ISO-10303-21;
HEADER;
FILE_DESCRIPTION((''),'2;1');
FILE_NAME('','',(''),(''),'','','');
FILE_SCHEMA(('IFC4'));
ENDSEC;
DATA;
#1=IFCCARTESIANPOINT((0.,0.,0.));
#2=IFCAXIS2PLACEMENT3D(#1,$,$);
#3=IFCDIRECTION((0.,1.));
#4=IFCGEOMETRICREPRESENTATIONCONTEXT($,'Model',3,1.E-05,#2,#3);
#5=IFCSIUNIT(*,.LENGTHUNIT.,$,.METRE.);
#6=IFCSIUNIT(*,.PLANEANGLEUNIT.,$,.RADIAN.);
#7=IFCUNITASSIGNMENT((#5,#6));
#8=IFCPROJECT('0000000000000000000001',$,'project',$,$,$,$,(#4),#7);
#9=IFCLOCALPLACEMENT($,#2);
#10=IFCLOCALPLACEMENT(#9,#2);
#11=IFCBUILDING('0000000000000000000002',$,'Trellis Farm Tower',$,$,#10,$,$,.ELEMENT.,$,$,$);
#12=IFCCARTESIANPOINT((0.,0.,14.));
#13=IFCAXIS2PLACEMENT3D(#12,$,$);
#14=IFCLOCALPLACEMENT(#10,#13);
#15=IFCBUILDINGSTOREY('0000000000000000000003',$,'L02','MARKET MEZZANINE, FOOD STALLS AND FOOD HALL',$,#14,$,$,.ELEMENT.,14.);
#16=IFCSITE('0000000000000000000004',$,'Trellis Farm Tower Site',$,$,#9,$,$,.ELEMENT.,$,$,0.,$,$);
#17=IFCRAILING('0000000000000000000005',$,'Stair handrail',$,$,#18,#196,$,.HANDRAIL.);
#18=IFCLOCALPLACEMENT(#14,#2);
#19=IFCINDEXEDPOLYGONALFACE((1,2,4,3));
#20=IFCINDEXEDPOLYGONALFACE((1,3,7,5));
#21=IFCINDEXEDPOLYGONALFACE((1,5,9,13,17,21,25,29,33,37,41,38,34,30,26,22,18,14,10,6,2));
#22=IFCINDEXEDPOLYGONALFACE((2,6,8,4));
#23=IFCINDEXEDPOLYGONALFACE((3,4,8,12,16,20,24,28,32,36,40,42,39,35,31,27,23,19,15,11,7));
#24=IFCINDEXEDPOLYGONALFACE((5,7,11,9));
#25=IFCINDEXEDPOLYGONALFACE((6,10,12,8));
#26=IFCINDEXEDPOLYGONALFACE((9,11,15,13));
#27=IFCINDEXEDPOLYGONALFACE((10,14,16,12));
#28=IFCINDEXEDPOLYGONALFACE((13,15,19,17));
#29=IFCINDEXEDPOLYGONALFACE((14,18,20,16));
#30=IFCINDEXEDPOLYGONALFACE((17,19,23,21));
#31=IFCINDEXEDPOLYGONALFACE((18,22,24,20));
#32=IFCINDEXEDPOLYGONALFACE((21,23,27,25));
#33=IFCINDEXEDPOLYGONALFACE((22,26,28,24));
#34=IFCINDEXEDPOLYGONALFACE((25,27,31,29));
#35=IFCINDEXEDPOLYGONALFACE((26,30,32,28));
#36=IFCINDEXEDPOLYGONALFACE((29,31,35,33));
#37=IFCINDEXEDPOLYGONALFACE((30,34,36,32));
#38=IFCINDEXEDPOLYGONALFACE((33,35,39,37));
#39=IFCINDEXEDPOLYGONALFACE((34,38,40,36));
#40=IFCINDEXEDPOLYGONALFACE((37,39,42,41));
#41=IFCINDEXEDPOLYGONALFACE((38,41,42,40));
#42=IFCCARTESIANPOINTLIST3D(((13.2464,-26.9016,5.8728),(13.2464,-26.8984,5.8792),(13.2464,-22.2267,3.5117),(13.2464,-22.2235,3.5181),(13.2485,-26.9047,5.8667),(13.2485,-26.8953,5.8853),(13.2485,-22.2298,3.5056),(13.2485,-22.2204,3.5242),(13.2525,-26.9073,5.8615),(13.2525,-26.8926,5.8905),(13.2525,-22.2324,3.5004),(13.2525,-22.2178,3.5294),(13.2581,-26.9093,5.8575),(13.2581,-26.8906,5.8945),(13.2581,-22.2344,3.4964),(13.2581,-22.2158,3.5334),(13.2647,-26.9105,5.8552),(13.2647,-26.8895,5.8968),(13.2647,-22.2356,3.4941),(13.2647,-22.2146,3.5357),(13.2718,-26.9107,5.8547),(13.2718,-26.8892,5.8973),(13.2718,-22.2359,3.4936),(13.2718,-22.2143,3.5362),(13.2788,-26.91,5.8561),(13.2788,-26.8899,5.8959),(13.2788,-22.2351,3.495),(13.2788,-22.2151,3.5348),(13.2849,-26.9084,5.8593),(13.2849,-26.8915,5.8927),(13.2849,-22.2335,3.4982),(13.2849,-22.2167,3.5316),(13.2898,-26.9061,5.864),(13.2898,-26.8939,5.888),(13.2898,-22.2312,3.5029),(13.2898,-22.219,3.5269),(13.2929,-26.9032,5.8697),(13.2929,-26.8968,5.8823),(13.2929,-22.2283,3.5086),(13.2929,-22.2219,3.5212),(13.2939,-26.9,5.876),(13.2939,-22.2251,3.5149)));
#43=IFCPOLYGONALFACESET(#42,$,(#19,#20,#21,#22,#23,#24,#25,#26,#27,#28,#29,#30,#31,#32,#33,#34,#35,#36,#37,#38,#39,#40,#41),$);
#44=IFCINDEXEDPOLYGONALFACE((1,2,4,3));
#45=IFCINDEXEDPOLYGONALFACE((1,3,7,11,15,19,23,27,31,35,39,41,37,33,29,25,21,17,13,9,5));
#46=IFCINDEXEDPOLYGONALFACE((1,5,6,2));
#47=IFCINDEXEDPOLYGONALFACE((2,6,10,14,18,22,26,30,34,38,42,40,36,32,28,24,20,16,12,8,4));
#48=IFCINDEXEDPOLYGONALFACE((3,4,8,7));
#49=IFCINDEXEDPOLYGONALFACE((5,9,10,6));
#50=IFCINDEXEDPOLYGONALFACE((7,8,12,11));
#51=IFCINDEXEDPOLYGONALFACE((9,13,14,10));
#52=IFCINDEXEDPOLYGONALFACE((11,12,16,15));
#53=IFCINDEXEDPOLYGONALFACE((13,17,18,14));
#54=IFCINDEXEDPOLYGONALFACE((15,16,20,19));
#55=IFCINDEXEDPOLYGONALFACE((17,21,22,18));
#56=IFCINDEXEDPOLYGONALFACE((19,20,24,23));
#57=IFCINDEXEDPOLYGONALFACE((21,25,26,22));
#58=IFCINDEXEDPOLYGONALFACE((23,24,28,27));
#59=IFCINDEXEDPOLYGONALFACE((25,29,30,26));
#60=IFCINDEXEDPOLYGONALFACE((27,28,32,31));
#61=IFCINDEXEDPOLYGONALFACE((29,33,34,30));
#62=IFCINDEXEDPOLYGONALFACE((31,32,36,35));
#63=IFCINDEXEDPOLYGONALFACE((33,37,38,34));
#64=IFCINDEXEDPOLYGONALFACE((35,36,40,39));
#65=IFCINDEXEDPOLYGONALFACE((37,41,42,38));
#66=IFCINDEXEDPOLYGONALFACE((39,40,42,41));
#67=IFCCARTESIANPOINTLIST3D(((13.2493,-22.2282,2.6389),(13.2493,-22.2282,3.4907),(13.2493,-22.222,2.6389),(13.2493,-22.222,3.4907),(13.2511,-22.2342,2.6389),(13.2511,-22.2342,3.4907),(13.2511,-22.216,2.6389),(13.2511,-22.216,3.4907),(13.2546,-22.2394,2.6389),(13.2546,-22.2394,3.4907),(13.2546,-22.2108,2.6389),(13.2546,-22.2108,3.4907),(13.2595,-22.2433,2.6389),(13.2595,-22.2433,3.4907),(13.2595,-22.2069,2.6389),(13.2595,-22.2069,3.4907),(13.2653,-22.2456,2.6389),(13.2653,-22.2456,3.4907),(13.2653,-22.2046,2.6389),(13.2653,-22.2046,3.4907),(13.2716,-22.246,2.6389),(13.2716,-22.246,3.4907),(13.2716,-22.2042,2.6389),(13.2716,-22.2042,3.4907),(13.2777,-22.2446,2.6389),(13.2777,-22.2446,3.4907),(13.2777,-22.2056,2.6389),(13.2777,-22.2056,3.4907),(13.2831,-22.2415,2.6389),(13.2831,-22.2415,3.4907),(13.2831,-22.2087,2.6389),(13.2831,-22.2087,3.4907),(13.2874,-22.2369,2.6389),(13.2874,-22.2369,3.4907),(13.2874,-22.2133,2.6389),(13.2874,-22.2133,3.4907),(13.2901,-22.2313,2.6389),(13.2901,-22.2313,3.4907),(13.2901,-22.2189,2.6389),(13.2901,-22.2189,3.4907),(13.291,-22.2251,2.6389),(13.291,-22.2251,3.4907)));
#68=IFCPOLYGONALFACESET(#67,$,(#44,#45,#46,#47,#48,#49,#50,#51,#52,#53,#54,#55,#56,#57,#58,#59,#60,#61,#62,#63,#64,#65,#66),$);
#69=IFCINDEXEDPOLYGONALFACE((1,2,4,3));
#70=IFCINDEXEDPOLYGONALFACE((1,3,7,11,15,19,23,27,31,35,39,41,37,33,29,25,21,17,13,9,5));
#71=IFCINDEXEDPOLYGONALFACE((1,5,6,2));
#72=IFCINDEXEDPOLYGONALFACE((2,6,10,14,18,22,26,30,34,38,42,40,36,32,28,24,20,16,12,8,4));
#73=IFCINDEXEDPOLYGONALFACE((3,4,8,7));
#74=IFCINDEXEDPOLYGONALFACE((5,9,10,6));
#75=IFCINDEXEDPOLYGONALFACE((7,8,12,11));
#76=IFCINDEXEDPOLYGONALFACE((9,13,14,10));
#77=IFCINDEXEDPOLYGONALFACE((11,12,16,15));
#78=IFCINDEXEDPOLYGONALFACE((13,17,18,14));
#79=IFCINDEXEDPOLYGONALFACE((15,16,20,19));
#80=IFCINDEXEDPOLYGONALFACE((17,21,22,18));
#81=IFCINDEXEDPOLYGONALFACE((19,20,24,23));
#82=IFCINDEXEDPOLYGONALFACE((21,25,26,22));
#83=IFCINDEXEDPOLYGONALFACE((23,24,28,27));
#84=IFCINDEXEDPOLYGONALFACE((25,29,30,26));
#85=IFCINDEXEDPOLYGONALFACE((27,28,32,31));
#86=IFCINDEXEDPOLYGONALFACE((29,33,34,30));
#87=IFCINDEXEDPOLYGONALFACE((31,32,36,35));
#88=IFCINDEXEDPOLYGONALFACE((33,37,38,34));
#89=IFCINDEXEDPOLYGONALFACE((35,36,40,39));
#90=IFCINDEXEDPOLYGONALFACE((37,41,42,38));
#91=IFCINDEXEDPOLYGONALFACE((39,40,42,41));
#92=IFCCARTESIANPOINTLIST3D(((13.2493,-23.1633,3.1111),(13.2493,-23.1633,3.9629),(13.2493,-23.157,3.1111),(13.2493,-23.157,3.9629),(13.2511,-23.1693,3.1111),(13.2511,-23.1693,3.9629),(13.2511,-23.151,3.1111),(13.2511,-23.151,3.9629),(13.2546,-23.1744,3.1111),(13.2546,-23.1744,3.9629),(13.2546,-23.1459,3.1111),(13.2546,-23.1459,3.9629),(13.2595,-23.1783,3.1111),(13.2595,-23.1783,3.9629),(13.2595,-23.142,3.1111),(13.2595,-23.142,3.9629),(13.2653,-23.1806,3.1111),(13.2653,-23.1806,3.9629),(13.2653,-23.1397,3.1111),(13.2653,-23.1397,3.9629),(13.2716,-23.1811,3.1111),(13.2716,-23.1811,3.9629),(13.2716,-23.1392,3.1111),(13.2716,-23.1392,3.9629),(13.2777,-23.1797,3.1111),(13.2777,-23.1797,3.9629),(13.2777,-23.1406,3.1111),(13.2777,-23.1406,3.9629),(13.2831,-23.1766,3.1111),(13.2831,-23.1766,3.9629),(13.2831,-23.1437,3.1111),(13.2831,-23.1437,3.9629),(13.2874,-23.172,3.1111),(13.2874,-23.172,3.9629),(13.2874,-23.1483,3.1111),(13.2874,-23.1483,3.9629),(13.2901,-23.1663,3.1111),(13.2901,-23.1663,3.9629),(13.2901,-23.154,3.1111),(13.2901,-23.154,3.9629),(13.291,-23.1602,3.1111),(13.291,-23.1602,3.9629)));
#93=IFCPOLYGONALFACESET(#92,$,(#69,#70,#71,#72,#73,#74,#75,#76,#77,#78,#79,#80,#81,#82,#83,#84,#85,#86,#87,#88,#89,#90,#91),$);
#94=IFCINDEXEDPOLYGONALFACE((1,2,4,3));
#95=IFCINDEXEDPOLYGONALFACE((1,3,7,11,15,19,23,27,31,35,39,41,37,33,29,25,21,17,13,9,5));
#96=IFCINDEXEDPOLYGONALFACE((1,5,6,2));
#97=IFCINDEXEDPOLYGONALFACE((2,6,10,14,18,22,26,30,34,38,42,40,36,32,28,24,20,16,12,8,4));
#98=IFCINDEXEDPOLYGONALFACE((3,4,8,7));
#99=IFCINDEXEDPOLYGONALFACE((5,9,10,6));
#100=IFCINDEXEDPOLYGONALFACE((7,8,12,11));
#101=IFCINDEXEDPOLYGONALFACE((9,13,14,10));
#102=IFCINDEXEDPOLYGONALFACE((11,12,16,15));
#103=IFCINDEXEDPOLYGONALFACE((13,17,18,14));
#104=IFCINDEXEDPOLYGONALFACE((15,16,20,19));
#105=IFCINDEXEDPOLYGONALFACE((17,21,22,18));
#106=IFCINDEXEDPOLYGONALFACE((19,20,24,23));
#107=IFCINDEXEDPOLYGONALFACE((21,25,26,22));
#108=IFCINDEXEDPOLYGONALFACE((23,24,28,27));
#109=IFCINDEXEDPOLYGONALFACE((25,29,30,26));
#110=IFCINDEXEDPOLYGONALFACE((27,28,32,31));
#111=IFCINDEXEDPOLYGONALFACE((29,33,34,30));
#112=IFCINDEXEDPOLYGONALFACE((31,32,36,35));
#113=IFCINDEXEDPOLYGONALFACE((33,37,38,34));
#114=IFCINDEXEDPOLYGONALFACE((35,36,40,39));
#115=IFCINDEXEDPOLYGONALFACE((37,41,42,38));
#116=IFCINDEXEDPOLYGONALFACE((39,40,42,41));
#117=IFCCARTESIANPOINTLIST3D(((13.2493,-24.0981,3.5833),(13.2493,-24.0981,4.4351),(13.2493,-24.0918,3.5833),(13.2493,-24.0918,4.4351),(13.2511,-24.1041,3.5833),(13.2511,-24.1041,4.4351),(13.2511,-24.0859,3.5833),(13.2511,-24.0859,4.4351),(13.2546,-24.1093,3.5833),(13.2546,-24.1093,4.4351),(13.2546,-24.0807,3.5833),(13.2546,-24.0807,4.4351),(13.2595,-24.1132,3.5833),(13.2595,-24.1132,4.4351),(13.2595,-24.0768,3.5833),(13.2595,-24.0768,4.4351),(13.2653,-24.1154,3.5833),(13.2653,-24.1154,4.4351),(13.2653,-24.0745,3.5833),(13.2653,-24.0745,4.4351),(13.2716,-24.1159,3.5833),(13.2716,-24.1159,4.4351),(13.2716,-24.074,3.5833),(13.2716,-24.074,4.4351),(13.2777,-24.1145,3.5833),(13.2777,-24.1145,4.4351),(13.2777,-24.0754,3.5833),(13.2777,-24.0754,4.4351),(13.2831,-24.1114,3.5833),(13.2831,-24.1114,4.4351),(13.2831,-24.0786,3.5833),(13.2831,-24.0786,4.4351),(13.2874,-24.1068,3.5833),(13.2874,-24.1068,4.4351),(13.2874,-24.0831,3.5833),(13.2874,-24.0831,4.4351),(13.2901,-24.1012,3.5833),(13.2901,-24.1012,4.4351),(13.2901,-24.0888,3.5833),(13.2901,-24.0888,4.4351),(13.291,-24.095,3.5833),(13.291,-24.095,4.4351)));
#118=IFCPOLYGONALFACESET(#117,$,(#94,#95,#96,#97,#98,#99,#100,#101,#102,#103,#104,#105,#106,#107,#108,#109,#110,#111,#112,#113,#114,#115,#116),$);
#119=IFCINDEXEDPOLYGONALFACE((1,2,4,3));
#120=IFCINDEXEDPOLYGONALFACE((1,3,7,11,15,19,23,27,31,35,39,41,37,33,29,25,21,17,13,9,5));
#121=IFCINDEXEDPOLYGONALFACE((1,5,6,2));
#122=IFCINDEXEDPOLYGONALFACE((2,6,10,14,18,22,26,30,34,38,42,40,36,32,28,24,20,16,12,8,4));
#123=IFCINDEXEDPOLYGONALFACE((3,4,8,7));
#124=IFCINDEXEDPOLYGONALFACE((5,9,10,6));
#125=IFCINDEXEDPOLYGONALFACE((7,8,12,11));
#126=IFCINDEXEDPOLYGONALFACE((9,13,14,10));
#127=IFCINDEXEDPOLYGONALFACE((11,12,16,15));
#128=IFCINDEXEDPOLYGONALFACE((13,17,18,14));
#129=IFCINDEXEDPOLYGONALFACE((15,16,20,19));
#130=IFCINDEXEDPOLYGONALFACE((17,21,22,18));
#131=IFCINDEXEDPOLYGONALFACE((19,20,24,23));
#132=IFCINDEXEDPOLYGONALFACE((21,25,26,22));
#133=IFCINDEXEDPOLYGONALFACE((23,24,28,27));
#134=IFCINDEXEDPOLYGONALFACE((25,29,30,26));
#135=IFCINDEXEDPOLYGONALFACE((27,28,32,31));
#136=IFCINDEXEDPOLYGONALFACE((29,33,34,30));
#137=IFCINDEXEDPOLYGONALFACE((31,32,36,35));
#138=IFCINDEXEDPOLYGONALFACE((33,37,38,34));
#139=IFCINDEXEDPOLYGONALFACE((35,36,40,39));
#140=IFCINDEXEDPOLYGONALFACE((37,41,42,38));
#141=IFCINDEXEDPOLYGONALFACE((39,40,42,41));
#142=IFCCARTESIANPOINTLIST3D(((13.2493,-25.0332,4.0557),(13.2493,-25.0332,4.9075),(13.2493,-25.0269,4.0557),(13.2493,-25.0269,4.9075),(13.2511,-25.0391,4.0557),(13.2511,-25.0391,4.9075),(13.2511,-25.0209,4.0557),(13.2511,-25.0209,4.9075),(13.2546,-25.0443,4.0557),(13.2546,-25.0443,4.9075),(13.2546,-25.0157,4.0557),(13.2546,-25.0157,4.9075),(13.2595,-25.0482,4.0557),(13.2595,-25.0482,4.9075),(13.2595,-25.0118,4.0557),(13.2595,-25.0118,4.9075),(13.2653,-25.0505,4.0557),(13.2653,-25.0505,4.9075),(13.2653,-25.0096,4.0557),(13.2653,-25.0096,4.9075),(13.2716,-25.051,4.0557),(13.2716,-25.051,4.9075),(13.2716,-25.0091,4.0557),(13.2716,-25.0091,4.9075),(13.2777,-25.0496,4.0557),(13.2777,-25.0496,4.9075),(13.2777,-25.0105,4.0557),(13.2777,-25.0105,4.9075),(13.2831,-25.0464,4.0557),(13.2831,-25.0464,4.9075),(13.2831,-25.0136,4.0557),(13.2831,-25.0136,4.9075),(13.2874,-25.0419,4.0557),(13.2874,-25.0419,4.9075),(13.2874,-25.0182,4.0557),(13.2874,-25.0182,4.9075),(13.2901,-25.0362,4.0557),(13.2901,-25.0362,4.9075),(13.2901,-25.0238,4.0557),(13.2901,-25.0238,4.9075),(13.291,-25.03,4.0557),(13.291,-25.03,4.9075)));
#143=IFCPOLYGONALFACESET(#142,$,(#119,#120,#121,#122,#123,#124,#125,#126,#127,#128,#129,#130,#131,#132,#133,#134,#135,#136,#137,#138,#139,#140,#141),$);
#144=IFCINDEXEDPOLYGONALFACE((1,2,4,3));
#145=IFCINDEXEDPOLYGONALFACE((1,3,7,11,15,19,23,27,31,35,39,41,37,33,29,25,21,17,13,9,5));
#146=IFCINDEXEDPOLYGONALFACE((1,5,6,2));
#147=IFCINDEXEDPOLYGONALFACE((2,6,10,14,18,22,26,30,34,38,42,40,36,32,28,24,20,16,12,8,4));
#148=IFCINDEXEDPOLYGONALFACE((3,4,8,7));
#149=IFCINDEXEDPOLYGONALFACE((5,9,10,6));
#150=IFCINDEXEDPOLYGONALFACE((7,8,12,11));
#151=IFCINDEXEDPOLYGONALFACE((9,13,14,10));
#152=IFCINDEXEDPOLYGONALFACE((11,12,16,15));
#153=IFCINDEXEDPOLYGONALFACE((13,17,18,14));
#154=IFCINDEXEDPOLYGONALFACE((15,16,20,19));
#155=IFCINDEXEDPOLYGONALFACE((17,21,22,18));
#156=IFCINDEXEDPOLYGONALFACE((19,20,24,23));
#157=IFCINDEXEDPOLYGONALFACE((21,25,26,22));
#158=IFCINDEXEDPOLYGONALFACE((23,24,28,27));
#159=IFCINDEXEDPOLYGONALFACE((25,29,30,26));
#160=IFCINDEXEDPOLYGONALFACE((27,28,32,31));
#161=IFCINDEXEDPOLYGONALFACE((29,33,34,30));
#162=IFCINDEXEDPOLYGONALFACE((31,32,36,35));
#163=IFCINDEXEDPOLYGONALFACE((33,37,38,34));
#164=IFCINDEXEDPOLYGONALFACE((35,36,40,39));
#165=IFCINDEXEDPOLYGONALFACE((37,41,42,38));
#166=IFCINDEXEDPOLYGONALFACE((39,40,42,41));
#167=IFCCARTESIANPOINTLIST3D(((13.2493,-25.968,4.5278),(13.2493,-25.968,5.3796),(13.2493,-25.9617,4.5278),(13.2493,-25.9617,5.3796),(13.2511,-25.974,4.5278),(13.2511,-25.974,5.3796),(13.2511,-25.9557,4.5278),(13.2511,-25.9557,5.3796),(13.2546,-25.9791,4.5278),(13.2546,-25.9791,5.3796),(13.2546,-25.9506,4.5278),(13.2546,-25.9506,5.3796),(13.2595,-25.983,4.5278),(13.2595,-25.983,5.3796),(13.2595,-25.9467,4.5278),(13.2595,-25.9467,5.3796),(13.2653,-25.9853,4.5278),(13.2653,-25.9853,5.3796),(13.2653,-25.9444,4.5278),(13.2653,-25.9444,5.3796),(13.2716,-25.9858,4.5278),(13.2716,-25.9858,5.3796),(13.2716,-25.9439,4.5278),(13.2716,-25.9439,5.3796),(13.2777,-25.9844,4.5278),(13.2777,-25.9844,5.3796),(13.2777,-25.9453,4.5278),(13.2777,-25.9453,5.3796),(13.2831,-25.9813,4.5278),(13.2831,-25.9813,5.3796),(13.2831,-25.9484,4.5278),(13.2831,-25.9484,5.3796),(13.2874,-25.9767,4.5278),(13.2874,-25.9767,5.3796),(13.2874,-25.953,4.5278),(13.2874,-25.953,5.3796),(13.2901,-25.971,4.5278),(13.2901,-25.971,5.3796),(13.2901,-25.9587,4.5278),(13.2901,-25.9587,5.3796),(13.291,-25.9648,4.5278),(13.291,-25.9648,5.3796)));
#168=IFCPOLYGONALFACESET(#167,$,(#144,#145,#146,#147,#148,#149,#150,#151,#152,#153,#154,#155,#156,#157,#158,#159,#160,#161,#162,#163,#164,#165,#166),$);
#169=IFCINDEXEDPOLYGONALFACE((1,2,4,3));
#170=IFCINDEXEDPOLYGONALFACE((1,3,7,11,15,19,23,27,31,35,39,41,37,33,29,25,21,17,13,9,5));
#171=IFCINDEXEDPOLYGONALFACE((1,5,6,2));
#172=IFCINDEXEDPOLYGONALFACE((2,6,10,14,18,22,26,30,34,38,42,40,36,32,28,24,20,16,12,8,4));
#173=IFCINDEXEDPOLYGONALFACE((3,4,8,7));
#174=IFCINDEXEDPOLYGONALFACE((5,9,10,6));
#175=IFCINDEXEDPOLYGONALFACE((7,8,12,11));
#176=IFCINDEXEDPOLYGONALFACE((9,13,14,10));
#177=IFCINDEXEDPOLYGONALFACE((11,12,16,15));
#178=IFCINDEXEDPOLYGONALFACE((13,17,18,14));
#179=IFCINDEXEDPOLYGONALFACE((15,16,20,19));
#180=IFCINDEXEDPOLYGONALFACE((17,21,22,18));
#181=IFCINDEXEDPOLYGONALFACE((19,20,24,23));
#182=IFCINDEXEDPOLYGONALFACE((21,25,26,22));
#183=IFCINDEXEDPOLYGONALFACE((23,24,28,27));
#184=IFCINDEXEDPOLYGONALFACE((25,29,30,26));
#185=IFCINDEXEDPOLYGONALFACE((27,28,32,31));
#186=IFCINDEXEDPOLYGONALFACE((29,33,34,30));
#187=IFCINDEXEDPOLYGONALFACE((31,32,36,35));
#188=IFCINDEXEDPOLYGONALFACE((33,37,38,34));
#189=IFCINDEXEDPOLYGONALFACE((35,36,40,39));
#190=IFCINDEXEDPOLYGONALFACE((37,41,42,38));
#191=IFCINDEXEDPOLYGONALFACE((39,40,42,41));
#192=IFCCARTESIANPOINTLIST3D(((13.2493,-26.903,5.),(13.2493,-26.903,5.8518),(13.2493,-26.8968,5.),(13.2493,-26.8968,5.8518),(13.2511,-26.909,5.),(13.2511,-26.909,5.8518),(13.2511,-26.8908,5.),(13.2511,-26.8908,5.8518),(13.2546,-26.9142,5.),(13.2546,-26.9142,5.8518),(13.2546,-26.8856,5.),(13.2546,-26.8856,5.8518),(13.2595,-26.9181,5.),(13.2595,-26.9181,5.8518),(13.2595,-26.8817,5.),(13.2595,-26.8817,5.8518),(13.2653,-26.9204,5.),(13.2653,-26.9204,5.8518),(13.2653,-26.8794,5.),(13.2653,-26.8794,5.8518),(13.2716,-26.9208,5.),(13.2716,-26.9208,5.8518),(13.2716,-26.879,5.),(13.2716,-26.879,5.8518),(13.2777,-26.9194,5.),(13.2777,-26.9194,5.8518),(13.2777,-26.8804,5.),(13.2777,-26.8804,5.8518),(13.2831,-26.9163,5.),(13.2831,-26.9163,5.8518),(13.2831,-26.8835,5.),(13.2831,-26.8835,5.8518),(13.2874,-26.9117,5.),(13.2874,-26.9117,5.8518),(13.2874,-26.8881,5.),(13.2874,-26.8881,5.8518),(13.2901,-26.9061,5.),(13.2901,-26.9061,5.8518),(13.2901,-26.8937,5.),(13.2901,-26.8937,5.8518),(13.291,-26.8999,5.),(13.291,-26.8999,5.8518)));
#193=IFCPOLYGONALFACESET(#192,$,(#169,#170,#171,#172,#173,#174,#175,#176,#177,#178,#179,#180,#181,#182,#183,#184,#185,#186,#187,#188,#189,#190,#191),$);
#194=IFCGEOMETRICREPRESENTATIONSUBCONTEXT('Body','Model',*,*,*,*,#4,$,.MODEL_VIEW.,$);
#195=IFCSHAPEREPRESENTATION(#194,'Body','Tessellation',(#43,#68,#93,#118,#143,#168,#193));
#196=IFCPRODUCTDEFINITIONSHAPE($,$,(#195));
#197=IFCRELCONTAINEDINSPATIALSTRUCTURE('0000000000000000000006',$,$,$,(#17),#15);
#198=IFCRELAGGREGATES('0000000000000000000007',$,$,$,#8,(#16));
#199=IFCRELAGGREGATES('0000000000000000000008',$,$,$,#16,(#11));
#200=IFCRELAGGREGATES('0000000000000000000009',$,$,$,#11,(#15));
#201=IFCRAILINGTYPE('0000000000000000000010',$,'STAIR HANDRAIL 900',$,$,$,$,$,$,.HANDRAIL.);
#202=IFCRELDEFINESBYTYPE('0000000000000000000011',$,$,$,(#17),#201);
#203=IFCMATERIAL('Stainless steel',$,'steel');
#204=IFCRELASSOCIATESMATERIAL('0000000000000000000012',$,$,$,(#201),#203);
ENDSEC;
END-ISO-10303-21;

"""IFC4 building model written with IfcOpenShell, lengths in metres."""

from ifc_helpers import new_model, si_unit, direction, frame, origin, origin_2d, place, context, subcontext, project, spatial, circle, extrude, source, transform, mapped, material, type_object, element, save


model = new_model("IFC4")

# Units and contexts
model_context = context("Model", 3, precision=1e-05, world=origin(), true_north=direction((0.0, 1.0)))
body_context = subcontext(model_context, "Body", "Model", "MODEL_VIEW")
ifc_project = project(units=[si_unit("LENGTHUNIT", "METRE"), si_unit("PLANEANGLEUNIT", "RADIAN")], contexts=[model_context])

# Site, building, storey
site_placement = place(None, origin())
site = spatial("IfcSite", under=ifc_project, at=site_placement, Name="Trellis Farm Tower Site", CompositionType="ELEMENT", RefElevation=0.0)
building_placement = place(site_placement, origin())
building = spatial("IfcBuilding", under=site, at=building_placement, Name="Trellis Farm Tower", CompositionType="ELEMENT")
storey_placement = place(building_placement, frame((0.0, 0.0, 14.0)))
storey = spatial("IfcBuildingStorey", under=building, at=storey_placement, Name="L02", Description="MARKET MEZZANINE, FOOD STALLS AND FOOD HALL", CompositionType="ELEMENT", Elevation=14.0)

# Railing
ifc_material_1 = material(Name="Stainless steel", Category="steel")
railing_type = type_object("IfcRailingType", Name="STAIR HANDRAIL 900", PredefinedType="HANDRAIL", material=ifc_material_1)
shared_shape_1 = source(origin(), body_context, "Body", "SweptSolid", [
    extrude(circle(Radius=0.0239, at=origin_2d()), frame((0.0, 0.0, 0.876), z_axis=(0.0, -0.892611, 0.450827), x_axis=(1.0, 0.0, 0.0)), (0.0, 0.0, 1.0), 5.2373),
    extrude(circle(Radius=0.021, at=origin_2d()), origin(), (0.0, 0.0, 1.0), 0.8518),
    extrude(circle(Radius=0.021, at=origin_2d()), frame((0.0, -0.9351, 0.4722)), (0.0, 0.0, 1.0), 0.8518),
    extrude(circle(Radius=0.021, at=origin_2d()), frame((0.0, -1.8699, 0.9443)), (0.0, 0.0, 1.0), 0.8518),
    extrude(circle(Radius=0.021, at=origin_2d()), frame((0.0, -2.8049, 1.4167)), (0.0, 0.0, 1.0), 0.8518),
    extrude(circle(Radius=0.021, at=origin_2d()), frame((0.0, -3.7397, 1.8889)), (0.0, 0.0, 1.0), 0.8518),
    extrude(circle(Radius=0.021, at=origin_2d()), frame((0.0, -4.6748, 2.3611)), (0.0, 0.0, 1.0), 0.8518),
])
for number, where, name in (
    (1, (13.27, -22.2251, 2.6389), "Stair handrail"),
):
    element("IfcRailing", number, at=place(storey_placement, frame(where)), inside=storey, type_object=railing_type, Name=name, PredefinedType="HANDRAIL", context=body_context, shape_type="MappedRepresentation", body=[
        mapped(shared_shape_1, transform((0.0, 0.0, 0.0))),
    ])

save(model, "model.ifc")
